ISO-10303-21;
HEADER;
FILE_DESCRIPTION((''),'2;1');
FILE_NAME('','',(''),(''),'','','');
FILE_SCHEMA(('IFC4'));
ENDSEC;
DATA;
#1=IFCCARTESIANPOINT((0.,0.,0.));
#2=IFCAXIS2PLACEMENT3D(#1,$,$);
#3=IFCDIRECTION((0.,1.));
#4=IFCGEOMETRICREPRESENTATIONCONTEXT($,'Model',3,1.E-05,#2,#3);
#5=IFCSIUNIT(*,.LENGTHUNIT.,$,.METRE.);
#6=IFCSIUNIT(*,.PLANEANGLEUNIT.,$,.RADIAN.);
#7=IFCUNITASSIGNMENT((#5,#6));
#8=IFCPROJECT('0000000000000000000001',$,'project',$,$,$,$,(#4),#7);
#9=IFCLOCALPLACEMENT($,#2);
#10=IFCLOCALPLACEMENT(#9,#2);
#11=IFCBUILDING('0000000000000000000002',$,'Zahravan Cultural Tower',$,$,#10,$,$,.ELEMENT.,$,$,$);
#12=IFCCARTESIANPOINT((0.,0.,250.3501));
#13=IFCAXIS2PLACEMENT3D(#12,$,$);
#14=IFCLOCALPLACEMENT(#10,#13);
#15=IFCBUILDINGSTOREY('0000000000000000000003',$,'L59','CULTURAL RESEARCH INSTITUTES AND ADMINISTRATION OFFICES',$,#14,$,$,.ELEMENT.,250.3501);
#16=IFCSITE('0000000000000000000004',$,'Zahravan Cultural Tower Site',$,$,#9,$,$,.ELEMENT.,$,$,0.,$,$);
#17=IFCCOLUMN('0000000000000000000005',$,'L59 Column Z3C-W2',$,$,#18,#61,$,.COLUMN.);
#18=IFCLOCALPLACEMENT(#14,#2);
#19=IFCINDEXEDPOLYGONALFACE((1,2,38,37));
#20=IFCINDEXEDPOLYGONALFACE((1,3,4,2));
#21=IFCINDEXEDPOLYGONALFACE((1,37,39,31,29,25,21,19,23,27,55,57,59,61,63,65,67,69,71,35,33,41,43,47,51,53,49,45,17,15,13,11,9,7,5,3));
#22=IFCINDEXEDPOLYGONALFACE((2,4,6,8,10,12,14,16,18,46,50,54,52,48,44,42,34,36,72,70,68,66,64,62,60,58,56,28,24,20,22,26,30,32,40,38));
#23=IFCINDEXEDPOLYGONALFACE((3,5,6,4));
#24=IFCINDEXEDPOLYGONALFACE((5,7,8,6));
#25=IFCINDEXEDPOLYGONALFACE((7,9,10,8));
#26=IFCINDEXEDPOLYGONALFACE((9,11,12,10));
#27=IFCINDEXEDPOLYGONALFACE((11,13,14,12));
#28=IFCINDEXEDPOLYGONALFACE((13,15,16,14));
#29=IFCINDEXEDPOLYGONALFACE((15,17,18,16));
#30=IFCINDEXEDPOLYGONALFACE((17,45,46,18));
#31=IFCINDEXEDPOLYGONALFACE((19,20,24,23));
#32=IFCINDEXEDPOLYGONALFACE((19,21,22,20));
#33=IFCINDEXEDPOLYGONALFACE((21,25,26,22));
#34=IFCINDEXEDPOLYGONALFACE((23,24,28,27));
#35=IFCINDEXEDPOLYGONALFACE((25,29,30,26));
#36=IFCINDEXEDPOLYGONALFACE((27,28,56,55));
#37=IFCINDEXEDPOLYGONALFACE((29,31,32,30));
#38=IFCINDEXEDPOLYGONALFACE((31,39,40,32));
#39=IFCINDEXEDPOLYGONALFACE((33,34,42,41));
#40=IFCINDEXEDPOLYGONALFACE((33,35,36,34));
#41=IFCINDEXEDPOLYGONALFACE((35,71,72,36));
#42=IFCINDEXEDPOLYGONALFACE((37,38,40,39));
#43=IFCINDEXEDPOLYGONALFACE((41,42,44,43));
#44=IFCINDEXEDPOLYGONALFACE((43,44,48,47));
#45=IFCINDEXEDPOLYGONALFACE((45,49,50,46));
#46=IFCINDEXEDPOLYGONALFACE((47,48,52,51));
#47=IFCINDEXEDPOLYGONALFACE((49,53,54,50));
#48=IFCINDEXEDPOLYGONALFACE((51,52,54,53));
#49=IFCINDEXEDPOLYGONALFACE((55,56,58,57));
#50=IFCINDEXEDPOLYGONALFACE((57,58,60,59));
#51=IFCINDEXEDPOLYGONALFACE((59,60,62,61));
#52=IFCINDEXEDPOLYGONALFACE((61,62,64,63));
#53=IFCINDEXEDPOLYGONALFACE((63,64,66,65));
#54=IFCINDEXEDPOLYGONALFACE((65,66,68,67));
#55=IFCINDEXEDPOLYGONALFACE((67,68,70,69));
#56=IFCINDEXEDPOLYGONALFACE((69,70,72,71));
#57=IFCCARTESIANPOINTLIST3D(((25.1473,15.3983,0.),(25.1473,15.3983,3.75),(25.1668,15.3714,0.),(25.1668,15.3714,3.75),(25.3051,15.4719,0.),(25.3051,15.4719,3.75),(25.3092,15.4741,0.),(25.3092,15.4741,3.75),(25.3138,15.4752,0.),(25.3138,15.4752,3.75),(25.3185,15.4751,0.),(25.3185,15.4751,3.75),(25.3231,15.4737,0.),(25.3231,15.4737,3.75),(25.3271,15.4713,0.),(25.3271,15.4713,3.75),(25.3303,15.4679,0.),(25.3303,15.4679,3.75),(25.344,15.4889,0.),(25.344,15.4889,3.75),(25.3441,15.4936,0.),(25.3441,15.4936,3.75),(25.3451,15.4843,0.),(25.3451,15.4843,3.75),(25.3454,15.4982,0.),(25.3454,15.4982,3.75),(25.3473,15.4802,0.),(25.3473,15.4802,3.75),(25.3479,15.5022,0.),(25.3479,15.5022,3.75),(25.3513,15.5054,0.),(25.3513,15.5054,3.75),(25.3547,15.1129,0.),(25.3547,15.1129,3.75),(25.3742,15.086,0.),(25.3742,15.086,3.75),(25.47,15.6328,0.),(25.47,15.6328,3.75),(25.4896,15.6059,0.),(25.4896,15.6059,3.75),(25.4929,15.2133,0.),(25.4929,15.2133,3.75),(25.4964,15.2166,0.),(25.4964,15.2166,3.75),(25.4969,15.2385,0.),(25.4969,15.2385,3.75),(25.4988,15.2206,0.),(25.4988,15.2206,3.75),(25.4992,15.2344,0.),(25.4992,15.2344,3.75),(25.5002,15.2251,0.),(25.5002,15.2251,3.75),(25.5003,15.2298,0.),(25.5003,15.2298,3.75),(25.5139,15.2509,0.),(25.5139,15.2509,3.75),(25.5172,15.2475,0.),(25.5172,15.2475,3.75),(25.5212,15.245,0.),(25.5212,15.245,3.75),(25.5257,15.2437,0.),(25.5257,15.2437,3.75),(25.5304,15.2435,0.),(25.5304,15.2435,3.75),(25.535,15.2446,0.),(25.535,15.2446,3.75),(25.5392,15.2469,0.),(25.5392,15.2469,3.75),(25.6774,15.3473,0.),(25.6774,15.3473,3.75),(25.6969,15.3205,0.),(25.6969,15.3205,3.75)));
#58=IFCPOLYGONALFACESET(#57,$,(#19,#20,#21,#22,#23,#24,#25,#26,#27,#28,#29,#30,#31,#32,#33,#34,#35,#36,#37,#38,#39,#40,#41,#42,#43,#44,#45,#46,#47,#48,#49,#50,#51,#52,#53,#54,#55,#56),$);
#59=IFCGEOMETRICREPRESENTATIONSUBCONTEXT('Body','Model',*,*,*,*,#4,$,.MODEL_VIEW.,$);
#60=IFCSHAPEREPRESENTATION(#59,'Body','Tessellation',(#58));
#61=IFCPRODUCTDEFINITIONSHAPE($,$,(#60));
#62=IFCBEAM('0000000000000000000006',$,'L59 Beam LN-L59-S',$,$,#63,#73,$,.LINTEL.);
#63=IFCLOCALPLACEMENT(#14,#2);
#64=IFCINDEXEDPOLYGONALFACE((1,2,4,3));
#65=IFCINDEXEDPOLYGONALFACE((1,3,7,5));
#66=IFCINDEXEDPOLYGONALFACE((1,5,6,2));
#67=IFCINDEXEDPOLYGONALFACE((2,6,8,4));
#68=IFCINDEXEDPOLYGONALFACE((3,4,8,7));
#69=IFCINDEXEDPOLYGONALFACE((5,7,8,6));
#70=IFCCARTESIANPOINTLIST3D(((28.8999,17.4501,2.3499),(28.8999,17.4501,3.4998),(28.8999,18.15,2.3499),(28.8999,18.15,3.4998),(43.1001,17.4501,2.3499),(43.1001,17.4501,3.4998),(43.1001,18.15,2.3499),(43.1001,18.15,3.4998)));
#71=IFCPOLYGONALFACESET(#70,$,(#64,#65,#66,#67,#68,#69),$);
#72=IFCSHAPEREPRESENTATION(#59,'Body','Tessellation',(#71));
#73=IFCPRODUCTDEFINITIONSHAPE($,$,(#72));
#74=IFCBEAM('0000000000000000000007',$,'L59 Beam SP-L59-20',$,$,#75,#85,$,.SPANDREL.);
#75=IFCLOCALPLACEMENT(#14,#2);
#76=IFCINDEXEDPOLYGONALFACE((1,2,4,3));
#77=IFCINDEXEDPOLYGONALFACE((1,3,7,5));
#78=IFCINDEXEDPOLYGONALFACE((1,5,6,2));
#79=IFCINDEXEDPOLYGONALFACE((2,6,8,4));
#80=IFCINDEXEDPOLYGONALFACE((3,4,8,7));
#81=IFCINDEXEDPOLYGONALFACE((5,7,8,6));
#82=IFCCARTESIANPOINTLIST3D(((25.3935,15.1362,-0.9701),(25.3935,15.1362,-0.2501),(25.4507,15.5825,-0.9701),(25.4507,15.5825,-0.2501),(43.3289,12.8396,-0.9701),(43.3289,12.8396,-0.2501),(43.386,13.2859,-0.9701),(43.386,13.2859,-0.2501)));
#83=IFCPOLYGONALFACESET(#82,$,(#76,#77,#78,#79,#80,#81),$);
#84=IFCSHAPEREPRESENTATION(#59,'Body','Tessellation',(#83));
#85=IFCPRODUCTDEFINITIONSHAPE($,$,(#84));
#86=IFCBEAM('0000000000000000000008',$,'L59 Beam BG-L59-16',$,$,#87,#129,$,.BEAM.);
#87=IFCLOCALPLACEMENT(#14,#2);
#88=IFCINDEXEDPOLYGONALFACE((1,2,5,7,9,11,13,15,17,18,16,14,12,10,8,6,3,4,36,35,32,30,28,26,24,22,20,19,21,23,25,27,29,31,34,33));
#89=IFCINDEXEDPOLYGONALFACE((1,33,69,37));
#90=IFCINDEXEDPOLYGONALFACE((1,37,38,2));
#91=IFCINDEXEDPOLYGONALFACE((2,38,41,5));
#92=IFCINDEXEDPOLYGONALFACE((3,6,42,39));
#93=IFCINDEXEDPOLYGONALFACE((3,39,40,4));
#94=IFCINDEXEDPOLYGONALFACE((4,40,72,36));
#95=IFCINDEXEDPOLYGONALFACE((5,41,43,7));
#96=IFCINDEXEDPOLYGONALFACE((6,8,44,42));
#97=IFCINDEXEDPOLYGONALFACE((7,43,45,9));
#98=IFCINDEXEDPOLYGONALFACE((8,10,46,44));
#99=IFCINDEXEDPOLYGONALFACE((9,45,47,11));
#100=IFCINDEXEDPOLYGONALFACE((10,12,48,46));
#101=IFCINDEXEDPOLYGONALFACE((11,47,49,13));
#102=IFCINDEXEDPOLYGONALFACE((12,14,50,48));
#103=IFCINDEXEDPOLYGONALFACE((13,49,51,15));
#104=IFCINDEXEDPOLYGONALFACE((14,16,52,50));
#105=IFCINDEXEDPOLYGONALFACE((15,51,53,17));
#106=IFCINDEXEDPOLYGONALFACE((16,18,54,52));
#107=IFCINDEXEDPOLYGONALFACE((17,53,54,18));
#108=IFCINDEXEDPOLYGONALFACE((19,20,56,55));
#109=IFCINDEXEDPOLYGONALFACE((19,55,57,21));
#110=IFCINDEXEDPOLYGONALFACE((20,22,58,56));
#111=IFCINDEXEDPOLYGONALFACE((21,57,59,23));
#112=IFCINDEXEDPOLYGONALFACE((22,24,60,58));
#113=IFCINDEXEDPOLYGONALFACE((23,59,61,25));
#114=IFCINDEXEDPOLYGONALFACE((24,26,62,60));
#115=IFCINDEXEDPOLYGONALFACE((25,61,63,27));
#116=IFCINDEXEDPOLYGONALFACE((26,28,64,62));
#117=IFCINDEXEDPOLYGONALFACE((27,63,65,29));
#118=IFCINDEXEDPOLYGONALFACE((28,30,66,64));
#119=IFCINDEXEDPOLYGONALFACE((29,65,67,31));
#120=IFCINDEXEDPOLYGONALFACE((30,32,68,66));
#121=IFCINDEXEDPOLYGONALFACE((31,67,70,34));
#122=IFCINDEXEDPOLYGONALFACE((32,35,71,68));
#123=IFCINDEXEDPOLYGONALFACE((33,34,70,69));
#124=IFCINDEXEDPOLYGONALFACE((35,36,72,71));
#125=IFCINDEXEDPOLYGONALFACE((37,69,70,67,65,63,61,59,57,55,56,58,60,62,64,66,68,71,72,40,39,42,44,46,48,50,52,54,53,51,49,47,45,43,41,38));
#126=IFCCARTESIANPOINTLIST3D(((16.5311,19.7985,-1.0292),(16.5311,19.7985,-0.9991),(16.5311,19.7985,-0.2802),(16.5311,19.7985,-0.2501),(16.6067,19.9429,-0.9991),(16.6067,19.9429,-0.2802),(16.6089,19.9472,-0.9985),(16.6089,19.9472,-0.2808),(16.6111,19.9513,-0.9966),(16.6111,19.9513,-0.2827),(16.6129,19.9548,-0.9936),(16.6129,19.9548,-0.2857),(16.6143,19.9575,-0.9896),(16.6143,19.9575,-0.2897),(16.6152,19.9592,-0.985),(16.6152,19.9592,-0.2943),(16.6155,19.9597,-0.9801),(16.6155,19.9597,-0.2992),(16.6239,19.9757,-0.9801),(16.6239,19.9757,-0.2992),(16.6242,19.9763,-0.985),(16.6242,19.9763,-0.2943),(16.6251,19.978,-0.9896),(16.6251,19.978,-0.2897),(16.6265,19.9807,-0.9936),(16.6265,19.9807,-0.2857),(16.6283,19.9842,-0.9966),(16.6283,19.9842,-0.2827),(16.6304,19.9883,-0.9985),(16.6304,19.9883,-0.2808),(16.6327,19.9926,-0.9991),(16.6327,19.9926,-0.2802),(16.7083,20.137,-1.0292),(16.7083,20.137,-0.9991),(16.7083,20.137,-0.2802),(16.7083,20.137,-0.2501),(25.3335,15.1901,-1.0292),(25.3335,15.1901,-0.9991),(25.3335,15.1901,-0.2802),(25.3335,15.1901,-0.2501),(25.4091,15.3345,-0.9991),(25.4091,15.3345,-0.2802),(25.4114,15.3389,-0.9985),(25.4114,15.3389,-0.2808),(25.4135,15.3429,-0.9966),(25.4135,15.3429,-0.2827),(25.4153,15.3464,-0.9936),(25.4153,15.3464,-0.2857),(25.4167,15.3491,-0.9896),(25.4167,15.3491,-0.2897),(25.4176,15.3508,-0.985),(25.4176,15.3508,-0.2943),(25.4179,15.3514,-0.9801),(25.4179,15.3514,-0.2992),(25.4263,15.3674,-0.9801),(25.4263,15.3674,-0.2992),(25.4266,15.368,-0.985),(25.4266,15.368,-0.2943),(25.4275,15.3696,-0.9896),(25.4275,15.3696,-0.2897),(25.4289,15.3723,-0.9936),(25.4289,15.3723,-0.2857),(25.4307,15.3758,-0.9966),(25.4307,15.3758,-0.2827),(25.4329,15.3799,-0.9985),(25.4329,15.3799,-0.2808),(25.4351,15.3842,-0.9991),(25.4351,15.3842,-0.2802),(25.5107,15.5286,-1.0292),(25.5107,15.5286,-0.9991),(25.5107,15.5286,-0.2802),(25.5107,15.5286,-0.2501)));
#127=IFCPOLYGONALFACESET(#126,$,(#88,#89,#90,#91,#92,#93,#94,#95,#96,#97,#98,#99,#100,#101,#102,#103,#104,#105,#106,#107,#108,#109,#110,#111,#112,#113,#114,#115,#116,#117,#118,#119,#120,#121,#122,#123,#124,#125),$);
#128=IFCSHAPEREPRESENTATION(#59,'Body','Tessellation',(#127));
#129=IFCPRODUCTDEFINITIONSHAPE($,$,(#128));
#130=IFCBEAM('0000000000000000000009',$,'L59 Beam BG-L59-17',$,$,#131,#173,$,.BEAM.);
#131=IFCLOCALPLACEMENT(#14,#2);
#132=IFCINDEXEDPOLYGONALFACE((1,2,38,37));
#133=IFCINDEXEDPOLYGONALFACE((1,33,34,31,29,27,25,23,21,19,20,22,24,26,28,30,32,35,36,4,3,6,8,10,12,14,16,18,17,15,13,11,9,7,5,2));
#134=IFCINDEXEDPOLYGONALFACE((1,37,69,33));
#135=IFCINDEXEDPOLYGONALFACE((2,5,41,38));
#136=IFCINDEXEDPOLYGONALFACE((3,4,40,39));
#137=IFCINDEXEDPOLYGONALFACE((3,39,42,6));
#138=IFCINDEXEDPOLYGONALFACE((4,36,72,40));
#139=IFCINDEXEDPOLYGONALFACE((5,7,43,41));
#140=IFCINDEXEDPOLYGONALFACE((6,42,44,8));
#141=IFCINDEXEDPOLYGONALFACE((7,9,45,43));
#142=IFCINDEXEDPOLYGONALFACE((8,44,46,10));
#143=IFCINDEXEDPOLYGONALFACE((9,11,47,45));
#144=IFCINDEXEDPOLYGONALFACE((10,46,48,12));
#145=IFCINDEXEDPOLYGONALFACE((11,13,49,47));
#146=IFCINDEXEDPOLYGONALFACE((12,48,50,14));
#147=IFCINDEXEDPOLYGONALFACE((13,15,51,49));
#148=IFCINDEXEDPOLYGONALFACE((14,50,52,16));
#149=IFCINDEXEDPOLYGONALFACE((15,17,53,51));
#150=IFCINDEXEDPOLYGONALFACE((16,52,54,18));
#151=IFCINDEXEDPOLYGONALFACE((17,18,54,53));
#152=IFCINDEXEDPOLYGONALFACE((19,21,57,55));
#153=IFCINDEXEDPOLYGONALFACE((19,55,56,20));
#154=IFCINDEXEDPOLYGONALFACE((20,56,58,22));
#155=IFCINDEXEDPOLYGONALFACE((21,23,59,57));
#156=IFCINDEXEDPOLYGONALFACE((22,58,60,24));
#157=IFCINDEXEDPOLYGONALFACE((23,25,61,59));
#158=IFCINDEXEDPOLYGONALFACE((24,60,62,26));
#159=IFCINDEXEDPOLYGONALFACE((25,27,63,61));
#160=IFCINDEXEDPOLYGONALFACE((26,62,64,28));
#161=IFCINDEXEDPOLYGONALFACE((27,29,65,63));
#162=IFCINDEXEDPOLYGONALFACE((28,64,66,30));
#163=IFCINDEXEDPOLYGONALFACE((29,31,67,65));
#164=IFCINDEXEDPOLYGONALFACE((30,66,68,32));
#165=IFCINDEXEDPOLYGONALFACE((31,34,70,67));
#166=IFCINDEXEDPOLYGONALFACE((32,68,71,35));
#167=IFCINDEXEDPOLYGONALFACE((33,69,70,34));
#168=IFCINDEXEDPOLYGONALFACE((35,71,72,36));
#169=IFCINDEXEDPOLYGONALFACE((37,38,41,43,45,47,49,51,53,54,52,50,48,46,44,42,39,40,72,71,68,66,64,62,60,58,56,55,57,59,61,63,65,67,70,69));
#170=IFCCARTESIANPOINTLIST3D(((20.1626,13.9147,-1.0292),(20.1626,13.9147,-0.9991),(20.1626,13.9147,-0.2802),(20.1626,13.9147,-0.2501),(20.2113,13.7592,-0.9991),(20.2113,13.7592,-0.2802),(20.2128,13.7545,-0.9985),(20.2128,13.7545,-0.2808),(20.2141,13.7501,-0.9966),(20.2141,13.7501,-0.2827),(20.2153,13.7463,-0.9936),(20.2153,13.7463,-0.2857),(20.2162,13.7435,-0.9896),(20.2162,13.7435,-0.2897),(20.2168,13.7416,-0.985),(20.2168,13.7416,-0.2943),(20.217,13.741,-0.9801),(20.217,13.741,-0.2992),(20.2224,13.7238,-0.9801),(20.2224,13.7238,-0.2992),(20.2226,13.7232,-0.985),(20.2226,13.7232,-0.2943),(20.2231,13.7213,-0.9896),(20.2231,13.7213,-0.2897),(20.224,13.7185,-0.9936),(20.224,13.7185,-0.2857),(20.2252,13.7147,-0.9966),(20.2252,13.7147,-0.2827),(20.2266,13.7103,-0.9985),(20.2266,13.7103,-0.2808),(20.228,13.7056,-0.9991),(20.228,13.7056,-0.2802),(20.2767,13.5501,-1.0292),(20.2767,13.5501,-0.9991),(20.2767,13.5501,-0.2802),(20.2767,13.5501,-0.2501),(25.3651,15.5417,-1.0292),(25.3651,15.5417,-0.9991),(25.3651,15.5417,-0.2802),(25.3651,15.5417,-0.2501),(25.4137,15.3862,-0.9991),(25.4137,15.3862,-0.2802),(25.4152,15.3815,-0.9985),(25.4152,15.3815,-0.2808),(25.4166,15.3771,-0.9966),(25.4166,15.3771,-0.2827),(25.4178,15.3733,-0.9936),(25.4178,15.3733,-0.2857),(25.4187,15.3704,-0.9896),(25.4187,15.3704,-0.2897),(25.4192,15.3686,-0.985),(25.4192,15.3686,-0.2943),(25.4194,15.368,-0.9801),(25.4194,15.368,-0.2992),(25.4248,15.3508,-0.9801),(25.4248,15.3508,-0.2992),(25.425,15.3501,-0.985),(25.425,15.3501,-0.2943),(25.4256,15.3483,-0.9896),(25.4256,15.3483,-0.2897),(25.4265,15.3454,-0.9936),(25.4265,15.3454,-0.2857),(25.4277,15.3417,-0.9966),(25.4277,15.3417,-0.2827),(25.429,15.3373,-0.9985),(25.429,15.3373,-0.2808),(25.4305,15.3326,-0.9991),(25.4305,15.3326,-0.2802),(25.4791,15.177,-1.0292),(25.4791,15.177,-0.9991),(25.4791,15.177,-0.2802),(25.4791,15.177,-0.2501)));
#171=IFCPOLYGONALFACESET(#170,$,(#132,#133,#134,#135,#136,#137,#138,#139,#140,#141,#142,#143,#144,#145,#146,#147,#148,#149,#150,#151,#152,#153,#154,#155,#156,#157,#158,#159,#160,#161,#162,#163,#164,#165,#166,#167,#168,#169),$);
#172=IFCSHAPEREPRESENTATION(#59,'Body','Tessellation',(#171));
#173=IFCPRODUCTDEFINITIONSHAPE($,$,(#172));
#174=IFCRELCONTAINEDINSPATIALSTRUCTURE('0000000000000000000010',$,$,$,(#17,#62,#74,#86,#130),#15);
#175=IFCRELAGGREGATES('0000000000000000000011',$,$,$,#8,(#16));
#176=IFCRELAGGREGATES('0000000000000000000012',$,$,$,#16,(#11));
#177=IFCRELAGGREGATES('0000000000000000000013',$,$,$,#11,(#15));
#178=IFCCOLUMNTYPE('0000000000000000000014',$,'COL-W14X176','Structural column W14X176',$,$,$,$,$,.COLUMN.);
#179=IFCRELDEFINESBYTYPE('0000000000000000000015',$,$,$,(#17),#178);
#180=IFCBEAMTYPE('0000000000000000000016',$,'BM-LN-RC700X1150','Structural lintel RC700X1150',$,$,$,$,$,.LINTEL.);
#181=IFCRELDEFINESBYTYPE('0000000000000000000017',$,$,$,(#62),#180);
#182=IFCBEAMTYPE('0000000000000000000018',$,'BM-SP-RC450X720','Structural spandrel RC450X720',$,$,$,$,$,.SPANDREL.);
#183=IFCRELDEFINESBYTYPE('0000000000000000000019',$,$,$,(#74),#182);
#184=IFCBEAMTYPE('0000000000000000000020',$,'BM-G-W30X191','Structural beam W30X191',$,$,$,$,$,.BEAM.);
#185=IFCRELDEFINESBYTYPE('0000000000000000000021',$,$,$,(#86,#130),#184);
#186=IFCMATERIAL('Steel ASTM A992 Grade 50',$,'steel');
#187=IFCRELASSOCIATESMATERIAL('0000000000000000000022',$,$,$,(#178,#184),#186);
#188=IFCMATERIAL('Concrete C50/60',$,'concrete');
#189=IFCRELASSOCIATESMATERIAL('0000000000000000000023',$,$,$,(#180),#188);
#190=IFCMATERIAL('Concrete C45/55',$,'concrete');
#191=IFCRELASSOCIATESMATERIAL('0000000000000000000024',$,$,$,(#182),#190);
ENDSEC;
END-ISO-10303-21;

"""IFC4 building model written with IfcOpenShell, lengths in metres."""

from ifc_helpers import new_model, si_unit, direction, frame, origin, origin_2d, place, context, subcontext, project, spatial, rectangle, i_section, extrude, source, transform, mapped, material, material_profile, profile_set, type_object, element, save


model = new_model("IFC4")

# Units and contexts
model_context = context("Model", 3, precision=1e-05, world=origin(), true_north=direction((0.0, 1.0)))
body_context = subcontext(model_context, "Body", "Model", "MODEL_VIEW")
ifc_project = project(units=[si_unit("LENGTHUNIT", "METRE"), si_unit("PLANEANGLEUNIT", "RADIAN")], contexts=[model_context])

# Site, building, storey
site_placement = place(None, origin())
site = spatial("IfcSite", under=ifc_project, at=site_placement, Name="Zahravan Cultural Tower Site", CompositionType="ELEMENT", RefElevation=0.0)
building_placement = place(site_placement, origin())
building = spatial("IfcBuilding", under=site, at=building_placement, Name="Zahravan Cultural Tower", CompositionType="ELEMENT")
storey_placement = place(building_placement, frame((0.0, 0.0, 250.3501)))
storey = spatial("IfcBuildingStorey", under=building, at=storey_placement, Name="L59", Description="CULTURAL RESEARCH INSTITUTES AND ADMINISTRATION OFFICES", CompositionType="ELEMENT", Elevation=250.3501)

# Column
ifc_material_1 = material(Name="Steel ASTM A992 Grade 50", Category="steel")
ifc_material_profile_1 = material_profile(ifc_material_1, i_section(OverallWidth=0.3989, OverallDepth=0.386, WebThickness=0.021, FlangeThickness=0.0332, FilletRadius=0.0181, at=origin_2d()), Name="W14X176")
ifc_profile_set_1 = profile_set([ifc_material_profile_1], Name="Steel ASTM A992 Grade 50")
column_type = type_object("IfcColumnType", Name="COL-W14X176", Description="Structural column W14X176", PredefinedType="COLUMN", material=ifc_profile_set_1)
shared_shape_1 = source(origin(), body_context, "Body", "SweptSolid", [
    extrude(i_section(OverallWidth=0.3989, OverallDepth=0.386, WebThickness=0.021, FlangeThickness=0.0332, FilletRadius=0.0181, at=origin_2d()), origin(), (0.0, 0.0, 1.0), 3.75),
])
column_placement = place(storey_placement, frame((25.4221, 15.3594, 0.0), z_axis=(0.0, 0.0, 1.0), x_axis=(0.809017, 0.587785, 0.0)))
element("IfcColumn", 1, at=column_placement, inside=storey, type_object=column_type, Name="L59 Column Z3C-W2", PredefinedType="COLUMN", context=body_context, shape_type="MappedRepresentation", body=[
    mapped(shared_shape_1, transform((0.0, 0.0, 0.0), x_axis=(1.0, 0.0, 0.0), y_axis=(0.0, 1.0, 0.0), z_axis=(0.0, 0.0, 1.0), scale=1.0)),
])

# Beams
ifc_material_2 = material(Name="Concrete C50/60", Category="concrete")
ifc_material_profile_2 = material_profile(ifc_material_2, rectangle(XDim=0.7, YDim=1.1499, at=origin_2d()), Name="RC700X1150")
ifc_profile_set_2 = profile_set([ifc_material_profile_2], Name="Concrete C50/60")
beam_type_1 = type_object("IfcBeamType", Name="BM-LN-RC700X1150", Description="Structural lintel RC700X1150", PredefinedType="LINTEL", material=ifc_profile_set_2)
shared_shape_2 = source(origin(), body_context, "Body", "SweptSolid", [
    extrude(rectangle(XDim=0.7, YDim=1.1499, at=origin_2d()), origin(), (0.0, 0.0, 1.0), 14.2002),
])
beam_1_placement = place(storey_placement, frame((28.8999, 17.8, 2.9248), z_axis=(1.0, 0.0, 0.0), x_axis=(0.0, 1.0, 0.0)))
element("IfcBeam", 2, at=beam_1_placement, inside=storey, type_object=beam_type_1, Name="L59 Beam LN-L59-S", PredefinedType="LINTEL", context=body_context, shape_type="MappedRepresentation", body=[
    mapped(shared_shape_2, transform((0.0, 0.0, 0.0), x_axis=(1.0, 0.0, 0.0), y_axis=(0.0, 1.0, 0.0), z_axis=(0.0, 0.0, 1.0), scale=1.0)),
])
ifc_material_3 = material(Name="Concrete C45/55", Category="concrete")
ifc_material_profile_3 = material_profile(ifc_material_3, rectangle(XDim=0.45, YDim=0.72, at=origin_2d()), Name="RC450X720")
ifc_profile_set_3 = profile_set([ifc_material_profile_3], Name="Concrete C45/55")
beam_type_2 = type_object("IfcBeamType", Name="BM-SP-RC450X720", Description="Structural spandrel RC450X720", PredefinedType="SPANDREL", material=ifc_profile_set_3)
shared_shape_3 = source(origin(), body_context, "Body", "SweptSolid", [
    extrude(rectangle(XDim=0.45, YDim=0.72, at=origin_2d()), origin(), (0.0, 0.0, 1.0), 18.0818),
])
beam_2_placement = place(storey_placement, frame((25.4221, 15.3594, -0.6101), z_axis=(0.991901, -0.127014, 0.0), x_axis=(0.127014, 0.991901, 0.0)))
element("IfcBeam", 3, at=beam_2_placement, inside=storey, type_object=beam_type_2, Name="L59 Beam SP-L59-20", PredefinedType="SPANDREL", context=body_context, shape_type="MappedRepresentation", body=[
    mapped(shared_shape_3, transform((0.0, 0.0, 0.0), x_axis=(1.0, 0.0, 0.0), y_axis=(0.0, 1.0, 0.0), z_axis=(0.0, 0.0, 1.0), scale=1.0)),
])
ifc_material_profile_4 = material_profile(ifc_material_1, i_section(OverallWidth=0.3821, OverallDepth=0.7791, WebThickness=0.0181, FlangeThickness=0.03, FilletRadius=0.019, at=origin_2d()), Name="W30X191")
ifc_profile_set_4 = profile_set([ifc_material_profile_4], Name="Steel ASTM A992 Grade 50")
beam_type_3 = type_object("IfcBeamType", Name="BM-G-W30X191", Description="Structural beam W30X191", PredefinedType="BEAM", material=ifc_profile_set_4)
shared_shape_4 = source(origin(), body_context, "Body", "SweptSolid", [
    extrude(i_section(OverallWidth=0.3821, OverallDepth=0.7791, WebThickness=0.0181, FlangeThickness=0.03, FilletRadius=0.019, at=origin_2d()), origin(), (0.0, 0.0, 1.0), 9.9358),
])
beam_3_placement = place(storey_placement, frame((25.4221, 15.3594, -0.6396), z_axis=(-0.885932, 0.463815, 0.0), x_axis=(-0.463815, -0.885932, 0.0)))
element("IfcBeam", 4, at=beam_3_placement, inside=storey, type_object=beam_type_3, Name="L59 Beam BG-L59-16", PredefinedType="BEAM", context=body_context, shape_type="MappedRepresentation", body=[
    mapped(shared_shape_4, transform((0.0, 0.0, 0.0), x_axis=(1.0, 0.0, 0.0), y_axis=(0.0, 1.0, 0.0), z_axis=(0.0, 0.0, 1.0), scale=1.0)),
])
shared_shape_5 = source(origin(), body_context, "Body", "SweptSolid", [
    extrude(i_section(OverallWidth=0.3821, OverallDepth=0.7791, WebThickness=0.0181, FlangeThickness=0.03, FilletRadius=0.019, at=origin_2d()), origin(), (0.0, 0.0, 1.0), 5.4509),
])
beam_4_placement = place(storey_placement, frame((25.4221, 15.3594, -0.6396), z_axis=(-0.954417, -0.298476, 0.0), x_axis=(0.298476, -0.954417, 0.0)))
element("IfcBeam", 5, at=beam_4_placement, inside=storey, type_object=beam_type_3, Name="L59 Beam BG-L59-17", PredefinedType="BEAM", context=body_context, shape_type="MappedRepresentation", body=[
    mapped(shared_shape_5, transform((0.0, 0.0, 0.0), x_axis=(1.0, 0.0, 0.0), y_axis=(0.0, 1.0, 0.0), z_axis=(0.0, 0.0, 1.0), scale=1.0)),
])

save(model, "model.ifc")
